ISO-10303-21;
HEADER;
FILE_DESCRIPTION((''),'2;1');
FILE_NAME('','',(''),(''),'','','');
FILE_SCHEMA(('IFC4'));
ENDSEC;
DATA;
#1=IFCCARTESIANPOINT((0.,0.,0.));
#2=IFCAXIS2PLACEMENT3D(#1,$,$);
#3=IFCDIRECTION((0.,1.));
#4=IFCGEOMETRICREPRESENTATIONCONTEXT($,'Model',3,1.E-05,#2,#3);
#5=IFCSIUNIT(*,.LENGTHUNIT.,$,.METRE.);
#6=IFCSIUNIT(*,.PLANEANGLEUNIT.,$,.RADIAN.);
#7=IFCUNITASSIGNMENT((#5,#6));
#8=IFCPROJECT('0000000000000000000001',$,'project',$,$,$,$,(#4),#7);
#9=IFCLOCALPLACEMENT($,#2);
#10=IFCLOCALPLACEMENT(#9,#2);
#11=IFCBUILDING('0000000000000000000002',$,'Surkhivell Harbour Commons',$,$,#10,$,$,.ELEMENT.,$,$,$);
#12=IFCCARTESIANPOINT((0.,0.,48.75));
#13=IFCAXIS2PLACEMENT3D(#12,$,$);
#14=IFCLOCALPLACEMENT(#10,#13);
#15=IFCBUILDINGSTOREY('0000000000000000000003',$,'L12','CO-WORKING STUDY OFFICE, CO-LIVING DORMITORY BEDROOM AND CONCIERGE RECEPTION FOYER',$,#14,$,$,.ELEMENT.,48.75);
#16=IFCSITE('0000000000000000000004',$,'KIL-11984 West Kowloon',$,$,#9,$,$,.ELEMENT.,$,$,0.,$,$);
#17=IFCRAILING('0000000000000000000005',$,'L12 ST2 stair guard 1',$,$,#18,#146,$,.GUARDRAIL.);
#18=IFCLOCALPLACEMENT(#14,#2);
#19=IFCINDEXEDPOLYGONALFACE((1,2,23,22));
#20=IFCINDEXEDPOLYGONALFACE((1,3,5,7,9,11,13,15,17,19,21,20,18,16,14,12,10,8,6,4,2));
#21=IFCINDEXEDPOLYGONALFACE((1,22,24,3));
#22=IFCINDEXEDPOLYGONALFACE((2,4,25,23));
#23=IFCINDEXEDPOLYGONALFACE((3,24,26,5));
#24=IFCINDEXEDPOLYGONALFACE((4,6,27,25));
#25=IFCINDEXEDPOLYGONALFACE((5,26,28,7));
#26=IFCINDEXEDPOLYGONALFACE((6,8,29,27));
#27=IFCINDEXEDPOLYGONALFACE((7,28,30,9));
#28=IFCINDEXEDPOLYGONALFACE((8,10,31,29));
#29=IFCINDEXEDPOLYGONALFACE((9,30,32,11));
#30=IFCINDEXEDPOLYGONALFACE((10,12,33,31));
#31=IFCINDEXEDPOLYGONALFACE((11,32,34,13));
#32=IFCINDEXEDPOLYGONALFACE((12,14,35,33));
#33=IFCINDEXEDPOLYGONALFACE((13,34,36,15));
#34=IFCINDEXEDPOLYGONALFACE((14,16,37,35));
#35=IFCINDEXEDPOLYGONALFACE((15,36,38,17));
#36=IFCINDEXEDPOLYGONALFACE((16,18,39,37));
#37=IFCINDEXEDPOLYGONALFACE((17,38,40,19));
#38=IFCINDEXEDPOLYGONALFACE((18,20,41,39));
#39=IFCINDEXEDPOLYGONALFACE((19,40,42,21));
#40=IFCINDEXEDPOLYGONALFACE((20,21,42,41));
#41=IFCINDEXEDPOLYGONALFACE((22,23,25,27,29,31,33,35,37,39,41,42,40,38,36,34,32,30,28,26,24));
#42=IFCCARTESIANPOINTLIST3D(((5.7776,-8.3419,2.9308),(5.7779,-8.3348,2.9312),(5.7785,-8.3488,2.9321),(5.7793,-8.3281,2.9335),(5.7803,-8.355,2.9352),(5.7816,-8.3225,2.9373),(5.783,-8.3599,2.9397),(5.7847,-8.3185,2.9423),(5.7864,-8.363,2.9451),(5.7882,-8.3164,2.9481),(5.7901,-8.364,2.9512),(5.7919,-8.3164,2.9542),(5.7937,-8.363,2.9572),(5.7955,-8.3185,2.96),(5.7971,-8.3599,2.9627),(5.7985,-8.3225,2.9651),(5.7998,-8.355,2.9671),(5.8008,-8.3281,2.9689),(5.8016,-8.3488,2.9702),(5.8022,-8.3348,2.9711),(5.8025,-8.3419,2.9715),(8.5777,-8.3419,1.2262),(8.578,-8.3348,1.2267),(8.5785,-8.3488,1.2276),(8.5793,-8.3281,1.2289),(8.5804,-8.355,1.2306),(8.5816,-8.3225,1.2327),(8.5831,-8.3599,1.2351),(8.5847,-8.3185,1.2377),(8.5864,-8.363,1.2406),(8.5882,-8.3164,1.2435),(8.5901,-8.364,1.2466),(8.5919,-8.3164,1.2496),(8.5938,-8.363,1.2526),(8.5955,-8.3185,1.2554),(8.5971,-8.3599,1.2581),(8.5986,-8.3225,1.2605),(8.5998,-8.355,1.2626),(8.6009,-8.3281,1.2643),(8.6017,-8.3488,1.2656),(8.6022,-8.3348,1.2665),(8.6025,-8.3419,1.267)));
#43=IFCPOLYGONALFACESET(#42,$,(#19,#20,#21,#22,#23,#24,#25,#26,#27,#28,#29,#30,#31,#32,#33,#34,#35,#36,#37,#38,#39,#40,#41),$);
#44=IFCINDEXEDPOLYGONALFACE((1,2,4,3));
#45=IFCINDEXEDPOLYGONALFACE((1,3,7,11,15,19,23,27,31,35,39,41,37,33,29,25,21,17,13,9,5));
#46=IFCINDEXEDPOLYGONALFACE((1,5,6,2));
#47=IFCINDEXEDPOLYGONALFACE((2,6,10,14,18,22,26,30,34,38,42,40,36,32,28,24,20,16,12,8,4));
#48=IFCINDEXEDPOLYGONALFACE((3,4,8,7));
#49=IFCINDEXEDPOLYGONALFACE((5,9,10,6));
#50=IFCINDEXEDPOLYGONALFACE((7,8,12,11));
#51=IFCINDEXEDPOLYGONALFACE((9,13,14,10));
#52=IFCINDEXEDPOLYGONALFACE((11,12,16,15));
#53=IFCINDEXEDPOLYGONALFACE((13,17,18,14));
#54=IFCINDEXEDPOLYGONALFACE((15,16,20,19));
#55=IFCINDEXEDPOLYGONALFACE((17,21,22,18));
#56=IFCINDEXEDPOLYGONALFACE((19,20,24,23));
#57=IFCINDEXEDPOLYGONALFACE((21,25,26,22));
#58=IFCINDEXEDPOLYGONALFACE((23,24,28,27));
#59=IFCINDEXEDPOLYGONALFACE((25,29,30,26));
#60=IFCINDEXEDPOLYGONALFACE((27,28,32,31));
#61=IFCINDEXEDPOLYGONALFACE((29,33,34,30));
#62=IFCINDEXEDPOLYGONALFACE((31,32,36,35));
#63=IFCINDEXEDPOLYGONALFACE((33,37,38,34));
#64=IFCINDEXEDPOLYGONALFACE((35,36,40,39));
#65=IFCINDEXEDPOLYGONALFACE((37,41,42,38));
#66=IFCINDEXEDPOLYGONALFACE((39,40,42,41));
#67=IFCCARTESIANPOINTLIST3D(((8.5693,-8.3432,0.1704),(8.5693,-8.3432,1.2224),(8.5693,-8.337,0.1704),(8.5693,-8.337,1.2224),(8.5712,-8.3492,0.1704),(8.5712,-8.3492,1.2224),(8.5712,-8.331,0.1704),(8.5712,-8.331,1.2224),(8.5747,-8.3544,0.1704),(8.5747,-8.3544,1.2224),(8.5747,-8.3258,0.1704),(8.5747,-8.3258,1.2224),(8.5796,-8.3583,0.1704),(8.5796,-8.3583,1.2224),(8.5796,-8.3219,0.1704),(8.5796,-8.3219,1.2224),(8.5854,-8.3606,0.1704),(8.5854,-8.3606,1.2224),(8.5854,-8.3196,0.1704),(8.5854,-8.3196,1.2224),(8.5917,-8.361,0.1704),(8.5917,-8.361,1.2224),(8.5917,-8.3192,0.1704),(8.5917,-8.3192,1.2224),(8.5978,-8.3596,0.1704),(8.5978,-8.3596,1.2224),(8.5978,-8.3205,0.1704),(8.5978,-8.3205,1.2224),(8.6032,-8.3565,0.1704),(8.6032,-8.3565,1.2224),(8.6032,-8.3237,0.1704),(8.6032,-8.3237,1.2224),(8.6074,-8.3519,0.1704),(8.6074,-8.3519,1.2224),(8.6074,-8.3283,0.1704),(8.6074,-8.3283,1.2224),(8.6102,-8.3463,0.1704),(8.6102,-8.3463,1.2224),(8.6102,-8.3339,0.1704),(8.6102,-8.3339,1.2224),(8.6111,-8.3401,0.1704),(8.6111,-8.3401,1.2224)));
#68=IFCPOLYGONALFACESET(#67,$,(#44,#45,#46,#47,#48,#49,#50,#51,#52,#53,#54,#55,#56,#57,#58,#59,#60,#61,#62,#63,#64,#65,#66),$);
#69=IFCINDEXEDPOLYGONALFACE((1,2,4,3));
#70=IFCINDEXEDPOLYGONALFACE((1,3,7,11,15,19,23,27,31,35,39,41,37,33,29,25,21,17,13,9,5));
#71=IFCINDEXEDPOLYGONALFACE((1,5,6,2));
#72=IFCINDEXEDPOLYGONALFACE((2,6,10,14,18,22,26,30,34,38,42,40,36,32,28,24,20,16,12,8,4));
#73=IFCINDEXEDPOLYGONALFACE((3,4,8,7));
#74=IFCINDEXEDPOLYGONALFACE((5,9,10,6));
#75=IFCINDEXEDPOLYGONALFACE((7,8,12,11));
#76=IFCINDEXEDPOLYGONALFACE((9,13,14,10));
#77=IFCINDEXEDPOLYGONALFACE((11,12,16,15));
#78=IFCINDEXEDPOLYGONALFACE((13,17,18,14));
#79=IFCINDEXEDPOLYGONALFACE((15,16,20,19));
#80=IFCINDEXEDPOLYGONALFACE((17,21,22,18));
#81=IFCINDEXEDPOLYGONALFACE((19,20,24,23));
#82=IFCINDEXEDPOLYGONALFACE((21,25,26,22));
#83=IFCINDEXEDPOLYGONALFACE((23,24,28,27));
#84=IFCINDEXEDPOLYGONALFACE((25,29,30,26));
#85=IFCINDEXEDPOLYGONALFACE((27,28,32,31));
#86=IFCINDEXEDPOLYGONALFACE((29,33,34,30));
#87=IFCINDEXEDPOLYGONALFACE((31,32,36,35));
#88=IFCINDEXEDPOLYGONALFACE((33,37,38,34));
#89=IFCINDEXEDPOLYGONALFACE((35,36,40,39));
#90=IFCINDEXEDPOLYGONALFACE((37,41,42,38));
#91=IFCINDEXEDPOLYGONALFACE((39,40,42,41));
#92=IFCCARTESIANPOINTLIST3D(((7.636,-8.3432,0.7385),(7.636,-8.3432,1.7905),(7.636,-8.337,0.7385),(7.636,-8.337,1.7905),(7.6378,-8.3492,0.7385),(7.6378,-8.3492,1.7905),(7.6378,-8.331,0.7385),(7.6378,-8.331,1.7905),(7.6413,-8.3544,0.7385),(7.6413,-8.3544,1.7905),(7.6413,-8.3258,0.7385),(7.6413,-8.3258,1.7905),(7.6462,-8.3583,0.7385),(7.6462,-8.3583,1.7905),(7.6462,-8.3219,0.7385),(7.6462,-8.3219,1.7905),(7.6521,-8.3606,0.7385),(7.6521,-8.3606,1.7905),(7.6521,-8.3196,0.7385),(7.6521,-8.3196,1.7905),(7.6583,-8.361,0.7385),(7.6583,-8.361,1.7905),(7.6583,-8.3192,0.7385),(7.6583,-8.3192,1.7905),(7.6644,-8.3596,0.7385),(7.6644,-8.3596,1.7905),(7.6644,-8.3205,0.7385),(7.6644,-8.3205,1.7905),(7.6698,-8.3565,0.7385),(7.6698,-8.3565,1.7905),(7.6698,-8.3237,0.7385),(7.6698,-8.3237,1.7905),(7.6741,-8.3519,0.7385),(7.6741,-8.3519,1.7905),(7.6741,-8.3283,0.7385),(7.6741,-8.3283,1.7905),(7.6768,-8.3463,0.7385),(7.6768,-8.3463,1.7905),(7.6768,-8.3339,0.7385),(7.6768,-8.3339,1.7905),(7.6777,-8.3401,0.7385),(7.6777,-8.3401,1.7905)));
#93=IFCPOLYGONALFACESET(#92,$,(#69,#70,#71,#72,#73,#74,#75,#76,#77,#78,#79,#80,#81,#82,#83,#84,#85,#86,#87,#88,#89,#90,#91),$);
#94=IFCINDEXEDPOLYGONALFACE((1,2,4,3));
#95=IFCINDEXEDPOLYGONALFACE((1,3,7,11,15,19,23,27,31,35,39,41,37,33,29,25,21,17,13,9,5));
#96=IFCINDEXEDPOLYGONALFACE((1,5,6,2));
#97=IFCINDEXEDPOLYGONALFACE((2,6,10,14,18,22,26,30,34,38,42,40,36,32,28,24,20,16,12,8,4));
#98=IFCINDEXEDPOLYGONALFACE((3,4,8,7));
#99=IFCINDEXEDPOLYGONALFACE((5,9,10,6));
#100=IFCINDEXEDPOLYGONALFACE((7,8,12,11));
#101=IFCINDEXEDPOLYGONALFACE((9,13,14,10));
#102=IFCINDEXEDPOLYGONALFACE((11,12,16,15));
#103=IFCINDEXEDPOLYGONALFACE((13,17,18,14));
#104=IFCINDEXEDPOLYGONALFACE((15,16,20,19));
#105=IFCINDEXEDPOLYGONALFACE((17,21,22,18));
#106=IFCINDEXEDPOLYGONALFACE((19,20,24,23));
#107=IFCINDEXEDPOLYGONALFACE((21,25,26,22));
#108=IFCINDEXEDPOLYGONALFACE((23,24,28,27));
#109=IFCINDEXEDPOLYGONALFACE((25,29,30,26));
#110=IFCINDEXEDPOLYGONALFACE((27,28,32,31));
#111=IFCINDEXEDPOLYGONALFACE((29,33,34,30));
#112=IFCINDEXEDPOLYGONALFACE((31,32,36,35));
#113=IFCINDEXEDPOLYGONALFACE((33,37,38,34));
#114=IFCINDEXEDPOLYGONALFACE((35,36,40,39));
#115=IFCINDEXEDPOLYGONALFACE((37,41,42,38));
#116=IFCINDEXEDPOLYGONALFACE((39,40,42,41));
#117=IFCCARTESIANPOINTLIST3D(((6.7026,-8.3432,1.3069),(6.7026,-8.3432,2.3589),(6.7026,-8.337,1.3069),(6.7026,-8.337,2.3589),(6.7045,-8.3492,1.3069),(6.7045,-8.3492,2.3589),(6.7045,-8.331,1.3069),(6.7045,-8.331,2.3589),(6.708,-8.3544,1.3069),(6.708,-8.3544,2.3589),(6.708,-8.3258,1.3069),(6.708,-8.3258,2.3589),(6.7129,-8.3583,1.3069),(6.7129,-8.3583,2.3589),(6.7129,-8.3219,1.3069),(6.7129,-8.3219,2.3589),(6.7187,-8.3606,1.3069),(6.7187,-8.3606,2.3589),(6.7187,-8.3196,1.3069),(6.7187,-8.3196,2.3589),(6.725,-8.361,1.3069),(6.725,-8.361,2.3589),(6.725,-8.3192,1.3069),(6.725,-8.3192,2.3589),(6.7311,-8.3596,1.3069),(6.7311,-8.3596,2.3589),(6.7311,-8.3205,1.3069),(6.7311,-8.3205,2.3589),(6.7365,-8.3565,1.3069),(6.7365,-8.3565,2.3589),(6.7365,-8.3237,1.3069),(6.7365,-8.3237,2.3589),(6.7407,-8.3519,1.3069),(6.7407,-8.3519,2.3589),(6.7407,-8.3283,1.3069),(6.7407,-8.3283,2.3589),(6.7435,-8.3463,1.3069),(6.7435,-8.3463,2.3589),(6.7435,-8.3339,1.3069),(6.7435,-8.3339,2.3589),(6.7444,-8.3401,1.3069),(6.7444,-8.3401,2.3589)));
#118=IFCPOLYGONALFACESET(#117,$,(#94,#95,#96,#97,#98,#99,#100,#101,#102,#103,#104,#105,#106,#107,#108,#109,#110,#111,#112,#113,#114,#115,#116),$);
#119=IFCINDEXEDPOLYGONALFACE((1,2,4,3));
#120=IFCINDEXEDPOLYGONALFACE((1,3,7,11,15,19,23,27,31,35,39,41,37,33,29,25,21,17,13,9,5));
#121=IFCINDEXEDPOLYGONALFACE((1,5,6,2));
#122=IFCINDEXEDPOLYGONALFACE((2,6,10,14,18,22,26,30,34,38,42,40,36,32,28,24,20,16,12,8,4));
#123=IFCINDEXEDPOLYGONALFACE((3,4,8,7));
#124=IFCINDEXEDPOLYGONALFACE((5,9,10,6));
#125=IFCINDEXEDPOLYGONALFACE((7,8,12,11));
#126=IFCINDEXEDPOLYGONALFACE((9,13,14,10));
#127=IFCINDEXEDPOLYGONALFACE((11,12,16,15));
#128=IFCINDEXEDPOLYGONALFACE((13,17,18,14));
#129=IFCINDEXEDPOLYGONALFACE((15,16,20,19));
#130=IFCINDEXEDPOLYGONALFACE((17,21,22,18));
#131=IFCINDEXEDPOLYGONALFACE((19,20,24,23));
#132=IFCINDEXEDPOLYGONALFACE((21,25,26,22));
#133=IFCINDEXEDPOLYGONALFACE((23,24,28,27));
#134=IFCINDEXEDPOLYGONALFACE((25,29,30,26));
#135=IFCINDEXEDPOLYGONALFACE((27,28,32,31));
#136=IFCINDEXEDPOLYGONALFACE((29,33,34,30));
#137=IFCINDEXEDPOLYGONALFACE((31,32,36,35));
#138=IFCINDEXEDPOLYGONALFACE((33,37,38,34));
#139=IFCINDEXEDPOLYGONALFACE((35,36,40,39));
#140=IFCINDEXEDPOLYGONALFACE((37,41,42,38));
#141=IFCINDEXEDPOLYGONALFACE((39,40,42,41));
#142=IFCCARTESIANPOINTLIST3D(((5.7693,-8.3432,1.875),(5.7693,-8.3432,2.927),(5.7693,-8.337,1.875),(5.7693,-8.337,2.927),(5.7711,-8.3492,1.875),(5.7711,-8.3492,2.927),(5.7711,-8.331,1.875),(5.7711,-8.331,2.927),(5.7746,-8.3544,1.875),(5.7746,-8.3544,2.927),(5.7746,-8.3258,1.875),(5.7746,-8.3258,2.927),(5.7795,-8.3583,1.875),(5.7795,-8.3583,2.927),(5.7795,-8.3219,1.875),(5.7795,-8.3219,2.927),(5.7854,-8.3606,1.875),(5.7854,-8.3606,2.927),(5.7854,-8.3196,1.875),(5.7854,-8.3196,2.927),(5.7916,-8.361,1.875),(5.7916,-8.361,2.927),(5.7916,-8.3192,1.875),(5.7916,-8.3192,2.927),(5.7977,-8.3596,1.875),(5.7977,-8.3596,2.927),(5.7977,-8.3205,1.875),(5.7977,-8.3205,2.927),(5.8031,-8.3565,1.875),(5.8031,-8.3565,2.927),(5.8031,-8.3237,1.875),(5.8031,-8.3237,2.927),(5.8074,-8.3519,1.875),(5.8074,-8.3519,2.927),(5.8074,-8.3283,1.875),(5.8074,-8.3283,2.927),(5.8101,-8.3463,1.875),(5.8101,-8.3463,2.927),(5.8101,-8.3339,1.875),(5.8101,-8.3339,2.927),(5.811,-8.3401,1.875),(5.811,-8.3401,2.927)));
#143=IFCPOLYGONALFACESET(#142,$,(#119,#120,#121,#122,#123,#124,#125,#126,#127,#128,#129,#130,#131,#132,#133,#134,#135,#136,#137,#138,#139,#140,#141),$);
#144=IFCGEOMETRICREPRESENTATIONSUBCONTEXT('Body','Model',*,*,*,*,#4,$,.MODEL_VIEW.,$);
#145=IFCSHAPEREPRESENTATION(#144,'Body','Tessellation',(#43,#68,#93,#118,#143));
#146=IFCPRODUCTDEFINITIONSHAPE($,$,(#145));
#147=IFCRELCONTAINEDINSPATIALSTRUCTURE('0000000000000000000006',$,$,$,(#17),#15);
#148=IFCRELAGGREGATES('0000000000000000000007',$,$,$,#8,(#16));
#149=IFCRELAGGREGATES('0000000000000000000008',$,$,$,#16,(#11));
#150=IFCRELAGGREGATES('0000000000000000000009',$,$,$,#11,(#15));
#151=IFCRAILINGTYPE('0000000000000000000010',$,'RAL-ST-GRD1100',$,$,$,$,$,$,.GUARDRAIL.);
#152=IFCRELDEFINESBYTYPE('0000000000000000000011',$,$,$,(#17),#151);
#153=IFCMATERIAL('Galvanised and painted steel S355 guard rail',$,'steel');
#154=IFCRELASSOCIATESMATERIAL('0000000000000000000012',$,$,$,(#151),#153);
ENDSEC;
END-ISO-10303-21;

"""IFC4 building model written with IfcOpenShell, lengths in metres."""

from ifc_helpers import new_model, si_unit, direction, frame, origin, origin_2d, place, context, subcontext, project, spatial, circle, extrude, material, type_object, element, save


model = new_model("IFC4")

# Units and contexts
model_context = context("Model", 3, precision=1e-05, world=origin(), true_north=direction((0.0, 1.0)))
body_context = subcontext(model_context, "Body", "Model", "MODEL_VIEW")
ifc_project = project(units=[si_unit("LENGTHUNIT", "METRE"), si_unit("PLANEANGLEUNIT", "RADIAN")], contexts=[model_context])

# Site, building, storey
site_placement = place(None, origin())
site = spatial("IfcSite", under=ifc_project, at=site_placement, Name="KIL-11984 West Kowloon", CompositionType="ELEMENT", RefElevation=0.0)
building_placement = place(site_placement, origin())
building = spatial("IfcBuilding", under=site, at=building_placement, Name="Surkhivell Harbour Commons", CompositionType="ELEMENT")
storey_placement = place(building_placement, frame((0.0, 0.0, 48.75)))
storey = spatial("IfcBuildingStorey", under=building, at=storey_placement, Name="L12", Description="CO-WORKING STUDY OFFICE, CO-LIVING DORMITORY BEDROOM AND CONCIERGE RECEPTION FOYER", CompositionType="ELEMENT", Elevation=48.75)

# Railing
ifc_material_1 = material(Name="Galvanised and painted steel S355 guard rail", Category="steel")
railing_type_1 = type_object("IfcRailingType", Name="RAL-ST-GRD1100", PredefinedType="GUARDRAIL", material=ifc_material_1)
railing_1_placement = place(storey_placement, frame((8.5901, -8.3401, 0.1704)))
element("IfcRailing", 1, at=railing_1_placement, inside=storey, type_object=railing_type_1, Name="L12 ST2 stair guard 1", PredefinedType="GUARDRAIL", context=body_context, shape_type="SweptSolid", body=[
    extrude(circle(Radius=0.0239, at=origin_2d()), frame((0.0, 0.0, 1.0762), z_axis=(-0.85417, 0.0, 0.519994), x_axis=(0.0, -1.0, 0.0)), (0.0, 0.0, 1.0), 3.2781),
    extrude(circle(Radius=0.021, at=origin_2d()), origin(), (0.0, 0.0, 1.0), 1.052),
    extrude(circle(Radius=0.021, at=origin_2d()), frame((-0.9333, 0.0, 0.5681)), (0.0, 0.0, 1.0), 1.052),
    extrude(circle(Radius=0.021, at=origin_2d()), frame((-1.8667, 0.0, 1.1365)), (0.0, 0.0, 1.0), 1.052),
    extrude(circle(Radius=0.021, at=origin_2d()), frame((-2.8, 0.0, 1.7046)), (0.0, 0.0, 1.0), 1.052),
])

save(model, "model.ifc")
